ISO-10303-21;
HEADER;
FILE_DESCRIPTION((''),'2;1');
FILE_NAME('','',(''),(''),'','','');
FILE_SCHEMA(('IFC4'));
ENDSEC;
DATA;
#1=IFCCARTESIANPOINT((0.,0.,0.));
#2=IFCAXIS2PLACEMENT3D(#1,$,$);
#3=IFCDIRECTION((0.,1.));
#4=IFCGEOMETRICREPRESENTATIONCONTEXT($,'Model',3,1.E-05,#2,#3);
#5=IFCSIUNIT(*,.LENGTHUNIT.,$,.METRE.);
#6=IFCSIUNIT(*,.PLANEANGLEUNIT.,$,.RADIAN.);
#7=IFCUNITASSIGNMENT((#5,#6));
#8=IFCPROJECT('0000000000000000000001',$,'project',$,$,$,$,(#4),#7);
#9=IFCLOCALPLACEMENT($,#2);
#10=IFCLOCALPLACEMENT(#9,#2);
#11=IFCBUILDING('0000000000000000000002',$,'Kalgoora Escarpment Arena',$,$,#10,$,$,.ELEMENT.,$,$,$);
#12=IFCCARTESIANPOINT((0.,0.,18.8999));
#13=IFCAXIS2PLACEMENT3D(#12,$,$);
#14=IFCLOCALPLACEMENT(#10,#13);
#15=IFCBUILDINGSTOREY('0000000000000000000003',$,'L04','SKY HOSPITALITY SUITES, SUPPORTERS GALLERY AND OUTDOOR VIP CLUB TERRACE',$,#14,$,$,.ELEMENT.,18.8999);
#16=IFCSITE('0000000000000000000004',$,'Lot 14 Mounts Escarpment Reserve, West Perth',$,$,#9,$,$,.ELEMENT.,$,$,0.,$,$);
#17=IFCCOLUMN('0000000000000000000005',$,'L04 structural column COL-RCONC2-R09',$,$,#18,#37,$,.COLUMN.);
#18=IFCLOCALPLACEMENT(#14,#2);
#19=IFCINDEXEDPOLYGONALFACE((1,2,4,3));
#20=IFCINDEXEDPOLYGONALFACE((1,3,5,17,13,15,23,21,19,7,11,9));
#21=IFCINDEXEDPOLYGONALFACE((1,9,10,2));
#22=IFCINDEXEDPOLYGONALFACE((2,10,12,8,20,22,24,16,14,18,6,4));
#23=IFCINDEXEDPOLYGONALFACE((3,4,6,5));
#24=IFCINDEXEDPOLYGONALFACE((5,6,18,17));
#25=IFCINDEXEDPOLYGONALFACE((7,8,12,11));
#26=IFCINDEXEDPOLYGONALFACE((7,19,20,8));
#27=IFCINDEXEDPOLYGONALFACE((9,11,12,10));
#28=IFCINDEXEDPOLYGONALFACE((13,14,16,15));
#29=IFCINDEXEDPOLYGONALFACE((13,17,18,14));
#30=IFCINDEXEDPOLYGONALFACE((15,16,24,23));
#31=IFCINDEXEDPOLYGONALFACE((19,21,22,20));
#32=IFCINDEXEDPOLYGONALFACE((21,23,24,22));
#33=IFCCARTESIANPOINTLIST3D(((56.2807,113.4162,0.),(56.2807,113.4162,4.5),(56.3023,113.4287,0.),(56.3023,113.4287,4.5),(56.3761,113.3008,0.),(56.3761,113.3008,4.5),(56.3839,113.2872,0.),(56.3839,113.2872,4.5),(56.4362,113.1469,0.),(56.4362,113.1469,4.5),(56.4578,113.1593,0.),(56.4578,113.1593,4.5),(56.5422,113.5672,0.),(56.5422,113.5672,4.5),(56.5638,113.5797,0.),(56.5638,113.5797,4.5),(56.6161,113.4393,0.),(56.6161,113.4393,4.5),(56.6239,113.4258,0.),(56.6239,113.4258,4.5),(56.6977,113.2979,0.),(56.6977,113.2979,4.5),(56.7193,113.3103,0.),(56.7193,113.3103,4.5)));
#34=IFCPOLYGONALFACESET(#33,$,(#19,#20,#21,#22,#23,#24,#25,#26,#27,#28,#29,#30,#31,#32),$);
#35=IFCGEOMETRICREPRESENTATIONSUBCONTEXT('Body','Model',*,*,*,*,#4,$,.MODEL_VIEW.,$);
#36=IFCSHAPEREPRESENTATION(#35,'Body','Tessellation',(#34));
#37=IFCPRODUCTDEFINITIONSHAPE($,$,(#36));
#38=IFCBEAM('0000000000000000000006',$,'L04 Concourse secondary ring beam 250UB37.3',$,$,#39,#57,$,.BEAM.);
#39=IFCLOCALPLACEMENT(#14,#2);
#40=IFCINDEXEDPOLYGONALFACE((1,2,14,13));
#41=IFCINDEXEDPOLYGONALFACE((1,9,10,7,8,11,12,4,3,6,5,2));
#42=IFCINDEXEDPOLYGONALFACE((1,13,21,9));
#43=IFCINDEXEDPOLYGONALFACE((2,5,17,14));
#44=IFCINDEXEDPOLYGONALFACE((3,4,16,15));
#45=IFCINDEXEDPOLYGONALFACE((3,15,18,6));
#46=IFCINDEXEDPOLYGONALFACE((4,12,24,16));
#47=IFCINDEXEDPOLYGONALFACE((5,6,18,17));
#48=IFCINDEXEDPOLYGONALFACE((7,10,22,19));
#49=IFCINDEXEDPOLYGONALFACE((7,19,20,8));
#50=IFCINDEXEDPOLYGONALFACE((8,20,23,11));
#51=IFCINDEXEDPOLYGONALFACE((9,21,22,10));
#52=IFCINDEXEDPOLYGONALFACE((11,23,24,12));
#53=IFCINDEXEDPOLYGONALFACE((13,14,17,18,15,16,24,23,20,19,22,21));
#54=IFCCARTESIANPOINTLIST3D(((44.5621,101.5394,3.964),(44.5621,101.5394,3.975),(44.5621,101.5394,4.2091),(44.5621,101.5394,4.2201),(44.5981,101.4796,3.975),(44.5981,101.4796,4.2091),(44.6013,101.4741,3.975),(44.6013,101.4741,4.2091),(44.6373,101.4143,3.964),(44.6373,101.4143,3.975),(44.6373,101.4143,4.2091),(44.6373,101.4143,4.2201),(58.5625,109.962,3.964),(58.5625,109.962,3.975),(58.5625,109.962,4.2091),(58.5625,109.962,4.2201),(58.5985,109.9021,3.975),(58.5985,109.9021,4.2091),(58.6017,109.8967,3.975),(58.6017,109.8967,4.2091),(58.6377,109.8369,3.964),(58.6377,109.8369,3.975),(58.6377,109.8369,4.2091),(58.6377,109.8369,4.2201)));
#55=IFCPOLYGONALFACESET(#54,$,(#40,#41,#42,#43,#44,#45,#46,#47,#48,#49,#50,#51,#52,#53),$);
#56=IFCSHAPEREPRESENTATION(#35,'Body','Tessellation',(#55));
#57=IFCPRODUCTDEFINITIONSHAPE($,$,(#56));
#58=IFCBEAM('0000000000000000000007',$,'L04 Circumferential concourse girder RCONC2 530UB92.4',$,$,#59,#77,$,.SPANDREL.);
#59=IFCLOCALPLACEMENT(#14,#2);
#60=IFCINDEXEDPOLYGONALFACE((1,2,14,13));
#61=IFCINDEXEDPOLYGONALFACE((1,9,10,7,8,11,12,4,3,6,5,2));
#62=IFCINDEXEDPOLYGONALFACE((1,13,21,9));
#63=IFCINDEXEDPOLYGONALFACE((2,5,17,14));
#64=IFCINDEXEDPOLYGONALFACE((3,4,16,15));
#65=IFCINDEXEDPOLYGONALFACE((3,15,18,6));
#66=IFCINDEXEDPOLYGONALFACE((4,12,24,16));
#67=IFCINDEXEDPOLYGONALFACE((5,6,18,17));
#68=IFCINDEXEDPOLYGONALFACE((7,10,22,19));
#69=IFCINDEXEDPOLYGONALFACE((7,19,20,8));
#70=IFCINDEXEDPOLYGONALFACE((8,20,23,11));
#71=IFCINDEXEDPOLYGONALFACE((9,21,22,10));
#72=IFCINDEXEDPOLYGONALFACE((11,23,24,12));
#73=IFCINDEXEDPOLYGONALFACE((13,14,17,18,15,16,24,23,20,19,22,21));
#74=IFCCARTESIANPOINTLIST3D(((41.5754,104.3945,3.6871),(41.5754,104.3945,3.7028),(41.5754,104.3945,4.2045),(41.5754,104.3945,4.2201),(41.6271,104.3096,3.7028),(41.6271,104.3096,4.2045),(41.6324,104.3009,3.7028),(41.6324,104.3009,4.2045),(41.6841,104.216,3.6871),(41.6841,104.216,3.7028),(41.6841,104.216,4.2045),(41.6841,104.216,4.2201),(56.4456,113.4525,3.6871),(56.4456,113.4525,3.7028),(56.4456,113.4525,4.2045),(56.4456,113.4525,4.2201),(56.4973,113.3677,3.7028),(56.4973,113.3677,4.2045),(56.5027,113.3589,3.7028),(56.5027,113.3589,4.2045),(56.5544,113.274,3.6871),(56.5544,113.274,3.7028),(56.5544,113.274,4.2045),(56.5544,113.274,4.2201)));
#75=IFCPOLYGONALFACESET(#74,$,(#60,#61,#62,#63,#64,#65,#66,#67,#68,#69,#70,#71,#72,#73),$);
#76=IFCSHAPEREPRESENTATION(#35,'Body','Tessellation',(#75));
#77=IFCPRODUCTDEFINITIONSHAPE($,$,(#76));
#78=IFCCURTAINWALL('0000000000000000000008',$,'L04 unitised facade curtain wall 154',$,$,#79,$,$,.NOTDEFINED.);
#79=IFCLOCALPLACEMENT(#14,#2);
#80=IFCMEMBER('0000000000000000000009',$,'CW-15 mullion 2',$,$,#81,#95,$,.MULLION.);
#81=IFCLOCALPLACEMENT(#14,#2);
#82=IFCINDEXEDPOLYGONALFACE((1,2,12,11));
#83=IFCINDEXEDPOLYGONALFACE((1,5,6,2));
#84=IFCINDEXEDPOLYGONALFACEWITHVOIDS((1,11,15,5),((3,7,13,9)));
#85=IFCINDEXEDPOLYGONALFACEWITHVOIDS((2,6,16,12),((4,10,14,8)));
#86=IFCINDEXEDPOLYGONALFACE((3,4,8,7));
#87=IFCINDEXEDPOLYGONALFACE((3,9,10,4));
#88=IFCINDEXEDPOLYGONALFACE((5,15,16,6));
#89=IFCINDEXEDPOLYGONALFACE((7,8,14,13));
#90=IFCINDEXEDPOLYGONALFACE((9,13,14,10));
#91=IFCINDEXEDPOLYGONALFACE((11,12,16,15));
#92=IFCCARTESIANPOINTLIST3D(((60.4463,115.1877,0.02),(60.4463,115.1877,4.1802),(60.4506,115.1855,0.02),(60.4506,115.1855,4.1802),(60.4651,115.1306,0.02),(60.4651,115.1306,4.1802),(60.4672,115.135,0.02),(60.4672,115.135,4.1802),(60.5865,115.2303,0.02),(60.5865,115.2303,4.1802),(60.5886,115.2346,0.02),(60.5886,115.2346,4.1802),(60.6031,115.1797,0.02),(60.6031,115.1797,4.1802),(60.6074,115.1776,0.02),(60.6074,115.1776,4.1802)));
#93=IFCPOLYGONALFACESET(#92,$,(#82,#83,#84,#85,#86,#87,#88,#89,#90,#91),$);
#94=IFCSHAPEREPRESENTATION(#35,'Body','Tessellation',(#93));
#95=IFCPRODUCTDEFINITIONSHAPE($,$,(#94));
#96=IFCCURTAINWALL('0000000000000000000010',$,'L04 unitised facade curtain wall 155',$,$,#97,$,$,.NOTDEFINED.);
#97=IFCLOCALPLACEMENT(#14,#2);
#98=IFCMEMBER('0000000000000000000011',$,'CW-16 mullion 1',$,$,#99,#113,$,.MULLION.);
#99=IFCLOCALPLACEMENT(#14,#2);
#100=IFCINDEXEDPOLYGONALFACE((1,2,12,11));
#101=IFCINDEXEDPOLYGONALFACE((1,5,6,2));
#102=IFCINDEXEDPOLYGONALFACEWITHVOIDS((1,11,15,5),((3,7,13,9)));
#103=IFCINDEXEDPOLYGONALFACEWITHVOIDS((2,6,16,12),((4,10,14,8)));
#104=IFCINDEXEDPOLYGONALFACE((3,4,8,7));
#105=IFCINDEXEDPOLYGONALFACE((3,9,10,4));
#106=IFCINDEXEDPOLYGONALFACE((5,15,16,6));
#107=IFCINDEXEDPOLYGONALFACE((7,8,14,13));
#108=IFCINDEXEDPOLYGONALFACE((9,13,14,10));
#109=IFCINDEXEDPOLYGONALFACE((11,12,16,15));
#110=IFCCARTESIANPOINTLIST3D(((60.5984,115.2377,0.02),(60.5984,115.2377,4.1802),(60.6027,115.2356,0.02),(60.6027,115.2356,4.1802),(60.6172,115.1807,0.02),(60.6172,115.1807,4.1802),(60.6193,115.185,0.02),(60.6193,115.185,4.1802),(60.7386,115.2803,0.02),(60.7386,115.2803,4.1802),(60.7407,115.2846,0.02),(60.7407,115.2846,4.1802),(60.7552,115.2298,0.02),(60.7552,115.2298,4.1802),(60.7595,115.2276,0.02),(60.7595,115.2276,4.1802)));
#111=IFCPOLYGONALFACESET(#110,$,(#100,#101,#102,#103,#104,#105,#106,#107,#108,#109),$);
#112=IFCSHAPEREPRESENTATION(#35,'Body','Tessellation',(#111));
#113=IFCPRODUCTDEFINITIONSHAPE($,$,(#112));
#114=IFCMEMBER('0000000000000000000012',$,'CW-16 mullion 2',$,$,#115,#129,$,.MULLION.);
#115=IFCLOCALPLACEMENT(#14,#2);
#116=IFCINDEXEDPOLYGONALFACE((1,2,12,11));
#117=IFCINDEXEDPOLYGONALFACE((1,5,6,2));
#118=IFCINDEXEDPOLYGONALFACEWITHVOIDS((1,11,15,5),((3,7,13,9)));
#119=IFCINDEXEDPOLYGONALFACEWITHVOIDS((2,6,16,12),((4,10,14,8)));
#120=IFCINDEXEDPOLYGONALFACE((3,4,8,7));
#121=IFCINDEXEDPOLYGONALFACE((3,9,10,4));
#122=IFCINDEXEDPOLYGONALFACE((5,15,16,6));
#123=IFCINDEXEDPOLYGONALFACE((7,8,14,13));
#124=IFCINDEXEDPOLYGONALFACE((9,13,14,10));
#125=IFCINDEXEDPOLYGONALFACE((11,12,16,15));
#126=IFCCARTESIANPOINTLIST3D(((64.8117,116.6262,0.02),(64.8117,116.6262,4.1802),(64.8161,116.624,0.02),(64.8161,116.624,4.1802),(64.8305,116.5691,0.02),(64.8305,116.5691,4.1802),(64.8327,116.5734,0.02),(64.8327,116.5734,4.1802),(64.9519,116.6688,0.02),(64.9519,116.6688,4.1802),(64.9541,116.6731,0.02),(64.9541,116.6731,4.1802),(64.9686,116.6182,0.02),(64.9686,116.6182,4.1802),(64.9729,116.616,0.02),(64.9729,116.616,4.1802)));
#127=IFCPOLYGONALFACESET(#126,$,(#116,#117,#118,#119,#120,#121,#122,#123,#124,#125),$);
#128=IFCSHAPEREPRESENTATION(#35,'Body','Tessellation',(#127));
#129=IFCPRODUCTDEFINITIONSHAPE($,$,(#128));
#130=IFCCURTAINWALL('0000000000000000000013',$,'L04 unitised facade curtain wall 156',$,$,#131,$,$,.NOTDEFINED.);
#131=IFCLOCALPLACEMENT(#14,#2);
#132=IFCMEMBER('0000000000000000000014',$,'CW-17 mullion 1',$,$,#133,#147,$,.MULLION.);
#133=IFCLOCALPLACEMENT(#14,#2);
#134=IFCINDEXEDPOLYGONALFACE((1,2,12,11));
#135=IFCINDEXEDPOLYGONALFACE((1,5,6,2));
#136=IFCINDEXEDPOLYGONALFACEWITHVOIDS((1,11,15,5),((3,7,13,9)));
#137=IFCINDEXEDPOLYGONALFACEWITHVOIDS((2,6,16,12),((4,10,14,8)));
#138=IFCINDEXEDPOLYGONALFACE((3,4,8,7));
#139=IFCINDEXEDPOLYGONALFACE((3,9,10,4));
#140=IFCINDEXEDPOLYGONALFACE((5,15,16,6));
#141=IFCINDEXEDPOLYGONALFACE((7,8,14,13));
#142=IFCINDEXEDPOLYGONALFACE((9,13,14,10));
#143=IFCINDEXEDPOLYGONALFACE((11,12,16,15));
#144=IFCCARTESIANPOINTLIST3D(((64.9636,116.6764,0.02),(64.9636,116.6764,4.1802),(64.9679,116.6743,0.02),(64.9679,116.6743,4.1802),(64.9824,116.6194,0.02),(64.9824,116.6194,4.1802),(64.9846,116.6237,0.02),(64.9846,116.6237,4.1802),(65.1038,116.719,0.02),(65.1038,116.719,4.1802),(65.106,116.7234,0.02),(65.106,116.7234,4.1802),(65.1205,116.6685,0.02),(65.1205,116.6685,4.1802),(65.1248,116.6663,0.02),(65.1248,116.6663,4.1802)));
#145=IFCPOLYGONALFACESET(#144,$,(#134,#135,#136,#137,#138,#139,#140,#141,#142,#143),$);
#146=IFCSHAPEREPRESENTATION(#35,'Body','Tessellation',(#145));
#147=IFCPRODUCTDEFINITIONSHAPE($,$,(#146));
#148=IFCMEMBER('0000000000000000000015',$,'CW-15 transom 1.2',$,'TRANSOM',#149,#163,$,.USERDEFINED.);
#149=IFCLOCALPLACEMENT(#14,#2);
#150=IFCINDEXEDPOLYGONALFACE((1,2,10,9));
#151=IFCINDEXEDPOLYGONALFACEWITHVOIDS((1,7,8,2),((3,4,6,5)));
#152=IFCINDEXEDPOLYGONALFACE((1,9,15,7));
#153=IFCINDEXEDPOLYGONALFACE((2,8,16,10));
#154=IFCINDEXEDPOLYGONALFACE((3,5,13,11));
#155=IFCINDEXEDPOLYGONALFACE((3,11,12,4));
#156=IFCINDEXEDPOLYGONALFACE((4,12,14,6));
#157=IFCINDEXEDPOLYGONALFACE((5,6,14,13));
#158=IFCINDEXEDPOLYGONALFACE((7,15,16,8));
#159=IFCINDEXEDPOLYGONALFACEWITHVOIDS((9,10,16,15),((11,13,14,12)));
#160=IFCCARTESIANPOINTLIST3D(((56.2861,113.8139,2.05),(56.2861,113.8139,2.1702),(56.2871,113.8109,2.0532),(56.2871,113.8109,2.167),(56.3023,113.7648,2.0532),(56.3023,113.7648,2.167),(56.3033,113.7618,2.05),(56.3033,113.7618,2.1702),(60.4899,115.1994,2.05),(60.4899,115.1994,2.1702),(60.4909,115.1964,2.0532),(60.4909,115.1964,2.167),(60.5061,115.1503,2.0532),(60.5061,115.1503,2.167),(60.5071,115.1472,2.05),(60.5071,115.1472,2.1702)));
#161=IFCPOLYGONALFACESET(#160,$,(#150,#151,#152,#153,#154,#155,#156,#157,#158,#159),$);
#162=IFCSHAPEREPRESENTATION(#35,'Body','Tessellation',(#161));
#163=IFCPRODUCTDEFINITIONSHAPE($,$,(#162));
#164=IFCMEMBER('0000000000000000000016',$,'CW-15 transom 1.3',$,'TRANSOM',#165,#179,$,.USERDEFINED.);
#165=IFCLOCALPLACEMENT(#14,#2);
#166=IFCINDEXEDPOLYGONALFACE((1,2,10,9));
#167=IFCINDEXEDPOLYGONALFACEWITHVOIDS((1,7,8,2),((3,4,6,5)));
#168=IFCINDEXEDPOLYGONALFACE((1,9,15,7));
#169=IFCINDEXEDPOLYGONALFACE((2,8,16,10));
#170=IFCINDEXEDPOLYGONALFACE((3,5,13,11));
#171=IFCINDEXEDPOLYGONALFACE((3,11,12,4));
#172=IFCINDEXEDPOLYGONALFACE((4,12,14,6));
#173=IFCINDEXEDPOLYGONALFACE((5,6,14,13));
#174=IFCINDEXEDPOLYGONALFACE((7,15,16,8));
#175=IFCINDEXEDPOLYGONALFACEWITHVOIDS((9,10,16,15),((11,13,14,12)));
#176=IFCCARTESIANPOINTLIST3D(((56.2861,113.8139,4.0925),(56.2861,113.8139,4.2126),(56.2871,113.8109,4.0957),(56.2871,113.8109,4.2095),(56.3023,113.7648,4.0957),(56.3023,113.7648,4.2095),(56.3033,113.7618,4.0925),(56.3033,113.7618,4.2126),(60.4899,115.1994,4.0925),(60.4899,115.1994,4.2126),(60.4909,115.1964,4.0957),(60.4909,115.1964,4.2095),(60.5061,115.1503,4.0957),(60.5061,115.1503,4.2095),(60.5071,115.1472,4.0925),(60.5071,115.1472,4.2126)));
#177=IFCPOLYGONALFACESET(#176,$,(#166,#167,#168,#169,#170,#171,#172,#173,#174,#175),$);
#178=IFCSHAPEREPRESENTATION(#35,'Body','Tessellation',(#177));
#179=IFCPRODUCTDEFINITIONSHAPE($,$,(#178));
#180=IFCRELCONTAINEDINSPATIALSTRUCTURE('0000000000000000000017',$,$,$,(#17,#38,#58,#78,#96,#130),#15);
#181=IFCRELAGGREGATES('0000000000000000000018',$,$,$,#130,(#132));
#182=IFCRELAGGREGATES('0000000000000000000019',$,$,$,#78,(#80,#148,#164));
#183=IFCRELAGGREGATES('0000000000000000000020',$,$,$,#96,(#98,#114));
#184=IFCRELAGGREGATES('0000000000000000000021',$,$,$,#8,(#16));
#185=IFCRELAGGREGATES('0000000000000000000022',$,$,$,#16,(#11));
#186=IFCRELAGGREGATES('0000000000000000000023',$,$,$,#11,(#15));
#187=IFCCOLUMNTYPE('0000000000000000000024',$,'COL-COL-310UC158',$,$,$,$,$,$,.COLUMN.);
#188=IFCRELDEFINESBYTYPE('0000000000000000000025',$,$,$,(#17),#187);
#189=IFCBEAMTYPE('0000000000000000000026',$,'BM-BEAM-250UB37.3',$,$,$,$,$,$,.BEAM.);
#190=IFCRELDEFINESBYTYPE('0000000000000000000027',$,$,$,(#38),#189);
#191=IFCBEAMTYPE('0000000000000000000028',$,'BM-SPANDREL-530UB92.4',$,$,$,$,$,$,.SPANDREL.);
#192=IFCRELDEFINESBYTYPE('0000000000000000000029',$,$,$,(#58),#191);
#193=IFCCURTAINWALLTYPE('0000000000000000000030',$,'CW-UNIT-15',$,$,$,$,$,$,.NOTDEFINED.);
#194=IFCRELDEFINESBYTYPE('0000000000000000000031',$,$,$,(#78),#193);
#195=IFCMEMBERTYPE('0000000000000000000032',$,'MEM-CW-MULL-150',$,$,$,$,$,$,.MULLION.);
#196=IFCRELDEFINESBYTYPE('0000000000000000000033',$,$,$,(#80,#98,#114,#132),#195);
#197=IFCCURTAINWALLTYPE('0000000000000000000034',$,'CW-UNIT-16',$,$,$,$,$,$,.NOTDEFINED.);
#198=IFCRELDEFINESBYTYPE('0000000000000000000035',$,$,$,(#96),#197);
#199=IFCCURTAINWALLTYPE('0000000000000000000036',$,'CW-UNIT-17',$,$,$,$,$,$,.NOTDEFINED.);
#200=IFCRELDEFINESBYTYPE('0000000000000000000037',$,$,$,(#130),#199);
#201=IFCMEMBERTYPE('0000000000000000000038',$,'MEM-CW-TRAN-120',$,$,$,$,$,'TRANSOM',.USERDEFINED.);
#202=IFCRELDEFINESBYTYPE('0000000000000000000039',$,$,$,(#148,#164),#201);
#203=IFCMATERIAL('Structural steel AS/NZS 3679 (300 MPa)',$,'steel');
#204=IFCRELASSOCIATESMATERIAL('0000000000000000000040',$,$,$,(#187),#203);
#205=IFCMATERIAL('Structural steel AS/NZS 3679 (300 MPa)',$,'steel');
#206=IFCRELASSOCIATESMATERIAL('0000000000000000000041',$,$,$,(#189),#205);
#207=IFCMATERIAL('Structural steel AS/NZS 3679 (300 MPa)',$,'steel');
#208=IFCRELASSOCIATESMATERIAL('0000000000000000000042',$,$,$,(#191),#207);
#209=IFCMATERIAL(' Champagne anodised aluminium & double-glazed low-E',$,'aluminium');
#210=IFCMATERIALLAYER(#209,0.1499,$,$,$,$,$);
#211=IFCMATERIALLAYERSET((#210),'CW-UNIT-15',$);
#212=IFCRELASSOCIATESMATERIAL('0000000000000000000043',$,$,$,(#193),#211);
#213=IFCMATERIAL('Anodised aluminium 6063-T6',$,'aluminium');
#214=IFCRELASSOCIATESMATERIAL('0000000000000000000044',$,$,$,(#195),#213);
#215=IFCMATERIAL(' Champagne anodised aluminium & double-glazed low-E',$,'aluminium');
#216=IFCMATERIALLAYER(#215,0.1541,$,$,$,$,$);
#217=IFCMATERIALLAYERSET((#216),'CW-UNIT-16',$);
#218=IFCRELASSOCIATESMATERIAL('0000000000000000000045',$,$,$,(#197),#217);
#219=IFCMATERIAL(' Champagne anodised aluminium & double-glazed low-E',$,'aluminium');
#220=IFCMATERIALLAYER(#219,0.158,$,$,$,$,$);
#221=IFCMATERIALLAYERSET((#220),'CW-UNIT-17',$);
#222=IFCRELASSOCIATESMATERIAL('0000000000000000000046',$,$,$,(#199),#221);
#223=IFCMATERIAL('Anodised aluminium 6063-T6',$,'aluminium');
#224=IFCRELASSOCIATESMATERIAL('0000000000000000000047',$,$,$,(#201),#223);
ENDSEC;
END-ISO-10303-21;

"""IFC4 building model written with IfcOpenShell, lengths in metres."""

from ifc_helpers import new_model, si_unit, direction, frame, origin, origin_2d, place, context, subcontext, project, spatial, hollow_rectangle, i_section, extrude, material, layer, layer_set, material_profile, profile_set, type_object, element, aggregate, save


model = new_model("IFC4")

# Units and contexts
model_context = context("Model", 3, precision=1e-05, world=origin(), true_north=direction((0.0, 1.0)))
body_context = subcontext(model_context, "Body", "Model", "MODEL_VIEW")
ifc_project = project(units=[si_unit("LENGTHUNIT", "METRE"), si_unit("PLANEANGLEUNIT", "RADIAN")], contexts=[model_context])

# Site, building, storey
site_placement = place(None, origin())
site = spatial("IfcSite", under=ifc_project, at=site_placement, Name="Lot 14 Mounts Escarpment Reserve, West Perth", CompositionType="ELEMENT", RefElevation=0.0)
building_placement = place(site_placement, origin())
building = spatial("IfcBuilding", under=site, at=building_placement, Name="Kalgoora Escarpment Arena", CompositionType="ELEMENT")
storey_placement = place(building_placement, frame((0.0, 0.0, 18.8999)))
storey = spatial("IfcBuildingStorey", under=building, at=storey_placement, Name="L04", Description="SKY HOSPITALITY SUITES, SUPPORTERS GALLERY AND OUTDOOR VIP CLUB TERRACE", CompositionType="ELEMENT", Elevation=18.8999)

# Column
ifc_material_1 = material(Name="Structural steel AS/NZS 3679 (300 MPa)", Category="steel")
ifc_material_profile_1 = material_profile(ifc_material_1, i_section(OverallWidth=0.311, OverallDepth=0.3269, WebThickness=0.0156, FlangeThickness=0.0249, at=origin_2d()))
ifc_profile_set_1 = profile_set([ifc_material_profile_1], Name="Structural steel AS/NZS 3679 (300 MPa)")
column_type = type_object("IfcColumnType", Name="COL-COL-310UC158", PredefinedType="COLUMN", material=ifc_profile_set_1)
column_placement = place(storey_placement, frame((56.5, 113.3633, 0.0), z_axis=(0.0, 0.0, 1.0), x_axis=(-0.5, 0.866025, 0.0)))
element("IfcColumn", 1, at=column_placement, inside=storey, type_object=column_type, Name="L04 structural column COL-RCONC2-R09", PredefinedType="COLUMN", context=body_context, shape_type="SweptSolid", body=[
    extrude(i_section(OverallWidth=0.311, OverallDepth=0.3269, WebThickness=0.0156, FlangeThickness=0.0249, at=origin_2d()), origin(), (0.0, 0.0, 1.0), 4.5),
])

# Beams
ifc_material_2 = material(Name="Structural steel AS/NZS 3679 (300 MPa)", Category="steel")
ifc_material_profile_2 = material_profile(ifc_material_2, i_section(OverallWidth=0.146, OverallDepth=0.2561, WebThickness=0.0063, FlangeThickness=0.011, at=origin_2d()))
ifc_profile_set_2 = profile_set([ifc_material_profile_2], Name="Structural steel AS/NZS 3679 (300 MPa)")
beam_type_1 = type_object("IfcBeamType", Name="BM-BEAM-250UB37.3", PredefinedType="BEAM", material=ifc_profile_set_2)
beam_1_placement = place(storey_placement, frame((58.6001, 109.8994, 4.092), z_axis=(-0.85689, -0.5155, 0.0), x_axis=(0.5155, -0.85689, 0.0)))
element("IfcBeam", 2, at=beam_1_placement, inside=storey, type_object=beam_type_1, Name="L04 Concourse secondary ring beam 250UB37.3", PredefinedType="BEAM", context=body_context, shape_type="SweptSolid", body=[
    extrude(i_section(OverallWidth=0.146, OverallDepth=0.2561, WebThickness=0.0063, FlangeThickness=0.011, at=origin_2d()), origin(), (0.0, 0.0, 1.0), 16.3386),
])
ifc_material_3 = material(Name="Structural steel AS/NZS 3679 (300 MPa)", Category="steel")
ifc_material_profile_3 = material_profile(ifc_material_3, i_section(OverallWidth=0.209, OverallDepth=0.533, WebThickness=0.0103, FlangeThickness=0.0156, at=origin_2d()))
ifc_profile_set_3 = profile_set([ifc_material_profile_3], Name="Structural steel AS/NZS 3679 (300 MPa)")
beam_type_2 = type_object("IfcBeamType", Name="BM-SPANDREL-530UB92.4", PredefinedType="SPANDREL", material=ifc_profile_set_3)
beam_2_placement = place(storey_placement, frame((56.5, 113.3633, 3.9536), z_axis=(-0.854031, -0.520223, 0.0), x_axis=(0.520223, -0.854031, 0.0)))
element("IfcBeam", 3, at=beam_2_placement, inside=storey, type_object=beam_type_2, Name="L04 Circumferential concourse girder RCONC2 530UB92.4", PredefinedType="SPANDREL", context=body_context, shape_type="SweptSolid", body=[
    extrude(i_section(OverallWidth=0.209, OverallDepth=0.533, WebThickness=0.0103, FlangeThickness=0.0156, at=origin_2d()), origin(), (0.0, 0.0, 1.0), 17.4119),
])

# Curtain wall, member
ifc_material_4 = material(Name=" Champagne anodised aluminium & double-glazed low-E", Category="aluminium")
ifc_layer_1 = layer(ifc_material_4, 0.1499)
ifc_layer_set_1 = layer_set([ifc_layer_1], Name="CW-UNIT-15")
curtain_wall_type_1 = type_object("IfcCurtainWallType", Name="CW-UNIT-15", PredefinedType="NOTDEFINED", material=ifc_layer_set_1)
curtain_wall_1_placement = place(storey_placement, origin())
curtain_wall_1 = element("IfcCurtainWall", 4, at=curtain_wall_1_placement, inside=storey, type_object=curtain_wall_type_1, Name="L04 unitised facade curtain wall 154", PredefinedType="NOTDEFINED")
ifc_material_5 = material(Name="Anodised aluminium 6063-T6", Category="aluminium")
ifc_material_profile_4 = material_profile(ifc_material_5, hollow_rectangle(XDim=0.0601, YDim=0.1499, WallThickness=0.0034, at=origin_2d()))
ifc_profile_set_4 = profile_set([ifc_material_profile_4], Name="Anodised aluminium 6063-T6")
member_type_1 = type_object("IfcMemberType", Name="MEM-CW-MULL-150", PredefinedType="MULLION", material=ifc_profile_set_4)
member_1_placement = place(storey_placement, frame((60.5269, 115.1826, 0.02), z_axis=(0.0, 0.0, 1.0), x_axis=(-0.312986, 0.949758, 0.0)))
member_1 = element("IfcMember", 5, at=member_1_placement, type_object=member_type_1, Name="CW-15 mullion 2", PredefinedType="MULLION", context=body_context, shape_type="SweptSolid", body=[
    extrude(hollow_rectangle(XDim=0.0601, YDim=0.1499, WallThickness=0.0034, at=origin_2d()), origin(), (0.0, 0.0, 1.0), 4.1602),
])

# Curtain wall, members
ifc_material_6 = material(Name=" Champagne anodised aluminium & double-glazed low-E", Category="aluminium")
ifc_layer_2 = layer(ifc_material_6, 0.1541)
ifc_layer_set_2 = layer_set([ifc_layer_2], Name="CW-UNIT-16")
curtain_wall_type_2 = type_object("IfcCurtainWallType", Name="CW-UNIT-16", PredefinedType="NOTDEFINED", material=ifc_layer_set_2)
curtain_wall_2_placement = place(storey_placement, origin())
curtain_wall_2 = element("IfcCurtainWall", 6, at=curtain_wall_2_placement, inside=storey, type_object=curtain_wall_type_2, Name="L04 unitised facade curtain wall 155", PredefinedType="NOTDEFINED")
member_2_placement = place(storey_placement, frame((60.679, 115.2327, 0.02), z_axis=(0.0, 0.0, 1.0), x_axis=(-0.31299, 0.949756, 0.0)))
member_2 = element("IfcMember", 7, at=member_2_placement, type_object=member_type_1, Name="CW-16 mullion 1", PredefinedType="MULLION", context=body_context, shape_type="SweptSolid", body=[
    extrude(hollow_rectangle(XDim=0.0601, YDim=0.1499, WallThickness=0.0034, at=origin_2d()), origin(), (0.0, 0.0, 1.0), 4.1602),
])
member_3_placement = place(storey_placement, frame((64.8923, 116.6211, 0.02), z_axis=(0.0, 0.0, 1.0), x_axis=(-0.31299, 0.949756, 0.0)))
member_3 = element("IfcMember", 8, at=member_3_placement, type_object=member_type_1, Name="CW-16 mullion 2", PredefinedType="MULLION", context=body_context, shape_type="SweptSolid", body=[
    extrude(hollow_rectangle(XDim=0.0601, YDim=0.1499, WallThickness=0.0034, at=origin_2d()), origin(), (0.0, 0.0, 1.0), 4.1602),
])

# Curtain wall, member
ifc_material_7 = material(Name=" Champagne anodised aluminium & double-glazed low-E", Category="aluminium")
ifc_layer_3 = layer(ifc_material_7, 0.158)
ifc_layer_set_3 = layer_set([ifc_layer_3], Name="CW-UNIT-17")
curtain_wall_type_3 = type_object("IfcCurtainWallType", Name="CW-UNIT-17", PredefinedType="NOTDEFINED", material=ifc_layer_set_3)
curtain_wall_3_placement = place(storey_placement, origin())
curtain_wall_3 = element("IfcCurtainWall", 9, at=curtain_wall_3_placement, inside=storey, type_object=curtain_wall_type_3, Name="L04 unitised facade curtain wall 156", PredefinedType="NOTDEFINED")
member_4_placement = place(storey_placement, frame((65.0442, 116.6714, 0.02), z_axis=(0.0, 0.0, 1.0), x_axis=(-0.31297, 0.949763, 0.0)))
member_4 = element("IfcMember", 10, at=member_4_placement, type_object=member_type_1, Name="CW-17 mullion 1", PredefinedType="MULLION", context=body_context, shape_type="SweptSolid", body=[
    extrude(hollow_rectangle(XDim=0.0601, YDim=0.1499, WallThickness=0.0034, at=origin_2d()), origin(), (0.0, 0.0, 1.0), 4.1602),
])

# Members
ifc_material_8 = material(Name="Anodised aluminium 6063-T6", Category="aluminium")
ifc_material_profile_5 = material_profile(ifc_material_8, hollow_rectangle(XDim=0.0549, YDim=0.1201, WallThickness=0.0032, at=origin_2d()))
ifc_profile_set_5 = profile_set([ifc_material_profile_5], Name="Anodised aluminium 6063-T6")
member_type_2 = type_object("IfcMemberType", Name="MEM-CW-TRAN-120", ElementType="TRANSOM", PredefinedType="USERDEFINED", material=ifc_profile_set_5)
member_5_placement = place(storey_placement, frame((56.2947, 113.7878, 2.1101), z_axis=(0.949748, 0.313016, 0.0), x_axis=(-0.313016, 0.949748, 0.0)))
member_5 = element("IfcMember", 11, at=member_5_placement, type_object=member_type_2, Name="CW-15 transom 1.2", ObjectType="TRANSOM", PredefinedType="USERDEFINED", context=body_context, shape_type="SweptSolid", body=[
    extrude(hollow_rectangle(XDim=0.0549, YDim=0.1201, WallThickness=0.0032, at=origin_2d()), origin(), (0.0, 0.0, 1.0), 4.4263),
])
member_6_placement = place(storey_placement, frame((56.2947, 113.7878, 4.1526), z_axis=(0.949748, 0.313016, 0.0), x_axis=(-0.313016, 0.949748, 0.0)))
member_6 = element("IfcMember", 12, at=member_6_placement, type_object=member_type_2, Name="CW-15 transom 1.3", ObjectType="TRANSOM", PredefinedType="USERDEFINED", context=body_context, shape_type="SweptSolid", body=[
    extrude(hollow_rectangle(XDim=0.0549, YDim=0.1201, WallThickness=0.0032, at=origin_2d()), origin(), (0.0, 0.0, 1.0), 4.4263),
])
aggregate(curtain_wall_3, [member_4])

aggregate(curtain_wall_1, [member_1, member_5, member_6])
aggregate(curtain_wall_2, [member_2, member_3])

save(model, "model.ifc")
